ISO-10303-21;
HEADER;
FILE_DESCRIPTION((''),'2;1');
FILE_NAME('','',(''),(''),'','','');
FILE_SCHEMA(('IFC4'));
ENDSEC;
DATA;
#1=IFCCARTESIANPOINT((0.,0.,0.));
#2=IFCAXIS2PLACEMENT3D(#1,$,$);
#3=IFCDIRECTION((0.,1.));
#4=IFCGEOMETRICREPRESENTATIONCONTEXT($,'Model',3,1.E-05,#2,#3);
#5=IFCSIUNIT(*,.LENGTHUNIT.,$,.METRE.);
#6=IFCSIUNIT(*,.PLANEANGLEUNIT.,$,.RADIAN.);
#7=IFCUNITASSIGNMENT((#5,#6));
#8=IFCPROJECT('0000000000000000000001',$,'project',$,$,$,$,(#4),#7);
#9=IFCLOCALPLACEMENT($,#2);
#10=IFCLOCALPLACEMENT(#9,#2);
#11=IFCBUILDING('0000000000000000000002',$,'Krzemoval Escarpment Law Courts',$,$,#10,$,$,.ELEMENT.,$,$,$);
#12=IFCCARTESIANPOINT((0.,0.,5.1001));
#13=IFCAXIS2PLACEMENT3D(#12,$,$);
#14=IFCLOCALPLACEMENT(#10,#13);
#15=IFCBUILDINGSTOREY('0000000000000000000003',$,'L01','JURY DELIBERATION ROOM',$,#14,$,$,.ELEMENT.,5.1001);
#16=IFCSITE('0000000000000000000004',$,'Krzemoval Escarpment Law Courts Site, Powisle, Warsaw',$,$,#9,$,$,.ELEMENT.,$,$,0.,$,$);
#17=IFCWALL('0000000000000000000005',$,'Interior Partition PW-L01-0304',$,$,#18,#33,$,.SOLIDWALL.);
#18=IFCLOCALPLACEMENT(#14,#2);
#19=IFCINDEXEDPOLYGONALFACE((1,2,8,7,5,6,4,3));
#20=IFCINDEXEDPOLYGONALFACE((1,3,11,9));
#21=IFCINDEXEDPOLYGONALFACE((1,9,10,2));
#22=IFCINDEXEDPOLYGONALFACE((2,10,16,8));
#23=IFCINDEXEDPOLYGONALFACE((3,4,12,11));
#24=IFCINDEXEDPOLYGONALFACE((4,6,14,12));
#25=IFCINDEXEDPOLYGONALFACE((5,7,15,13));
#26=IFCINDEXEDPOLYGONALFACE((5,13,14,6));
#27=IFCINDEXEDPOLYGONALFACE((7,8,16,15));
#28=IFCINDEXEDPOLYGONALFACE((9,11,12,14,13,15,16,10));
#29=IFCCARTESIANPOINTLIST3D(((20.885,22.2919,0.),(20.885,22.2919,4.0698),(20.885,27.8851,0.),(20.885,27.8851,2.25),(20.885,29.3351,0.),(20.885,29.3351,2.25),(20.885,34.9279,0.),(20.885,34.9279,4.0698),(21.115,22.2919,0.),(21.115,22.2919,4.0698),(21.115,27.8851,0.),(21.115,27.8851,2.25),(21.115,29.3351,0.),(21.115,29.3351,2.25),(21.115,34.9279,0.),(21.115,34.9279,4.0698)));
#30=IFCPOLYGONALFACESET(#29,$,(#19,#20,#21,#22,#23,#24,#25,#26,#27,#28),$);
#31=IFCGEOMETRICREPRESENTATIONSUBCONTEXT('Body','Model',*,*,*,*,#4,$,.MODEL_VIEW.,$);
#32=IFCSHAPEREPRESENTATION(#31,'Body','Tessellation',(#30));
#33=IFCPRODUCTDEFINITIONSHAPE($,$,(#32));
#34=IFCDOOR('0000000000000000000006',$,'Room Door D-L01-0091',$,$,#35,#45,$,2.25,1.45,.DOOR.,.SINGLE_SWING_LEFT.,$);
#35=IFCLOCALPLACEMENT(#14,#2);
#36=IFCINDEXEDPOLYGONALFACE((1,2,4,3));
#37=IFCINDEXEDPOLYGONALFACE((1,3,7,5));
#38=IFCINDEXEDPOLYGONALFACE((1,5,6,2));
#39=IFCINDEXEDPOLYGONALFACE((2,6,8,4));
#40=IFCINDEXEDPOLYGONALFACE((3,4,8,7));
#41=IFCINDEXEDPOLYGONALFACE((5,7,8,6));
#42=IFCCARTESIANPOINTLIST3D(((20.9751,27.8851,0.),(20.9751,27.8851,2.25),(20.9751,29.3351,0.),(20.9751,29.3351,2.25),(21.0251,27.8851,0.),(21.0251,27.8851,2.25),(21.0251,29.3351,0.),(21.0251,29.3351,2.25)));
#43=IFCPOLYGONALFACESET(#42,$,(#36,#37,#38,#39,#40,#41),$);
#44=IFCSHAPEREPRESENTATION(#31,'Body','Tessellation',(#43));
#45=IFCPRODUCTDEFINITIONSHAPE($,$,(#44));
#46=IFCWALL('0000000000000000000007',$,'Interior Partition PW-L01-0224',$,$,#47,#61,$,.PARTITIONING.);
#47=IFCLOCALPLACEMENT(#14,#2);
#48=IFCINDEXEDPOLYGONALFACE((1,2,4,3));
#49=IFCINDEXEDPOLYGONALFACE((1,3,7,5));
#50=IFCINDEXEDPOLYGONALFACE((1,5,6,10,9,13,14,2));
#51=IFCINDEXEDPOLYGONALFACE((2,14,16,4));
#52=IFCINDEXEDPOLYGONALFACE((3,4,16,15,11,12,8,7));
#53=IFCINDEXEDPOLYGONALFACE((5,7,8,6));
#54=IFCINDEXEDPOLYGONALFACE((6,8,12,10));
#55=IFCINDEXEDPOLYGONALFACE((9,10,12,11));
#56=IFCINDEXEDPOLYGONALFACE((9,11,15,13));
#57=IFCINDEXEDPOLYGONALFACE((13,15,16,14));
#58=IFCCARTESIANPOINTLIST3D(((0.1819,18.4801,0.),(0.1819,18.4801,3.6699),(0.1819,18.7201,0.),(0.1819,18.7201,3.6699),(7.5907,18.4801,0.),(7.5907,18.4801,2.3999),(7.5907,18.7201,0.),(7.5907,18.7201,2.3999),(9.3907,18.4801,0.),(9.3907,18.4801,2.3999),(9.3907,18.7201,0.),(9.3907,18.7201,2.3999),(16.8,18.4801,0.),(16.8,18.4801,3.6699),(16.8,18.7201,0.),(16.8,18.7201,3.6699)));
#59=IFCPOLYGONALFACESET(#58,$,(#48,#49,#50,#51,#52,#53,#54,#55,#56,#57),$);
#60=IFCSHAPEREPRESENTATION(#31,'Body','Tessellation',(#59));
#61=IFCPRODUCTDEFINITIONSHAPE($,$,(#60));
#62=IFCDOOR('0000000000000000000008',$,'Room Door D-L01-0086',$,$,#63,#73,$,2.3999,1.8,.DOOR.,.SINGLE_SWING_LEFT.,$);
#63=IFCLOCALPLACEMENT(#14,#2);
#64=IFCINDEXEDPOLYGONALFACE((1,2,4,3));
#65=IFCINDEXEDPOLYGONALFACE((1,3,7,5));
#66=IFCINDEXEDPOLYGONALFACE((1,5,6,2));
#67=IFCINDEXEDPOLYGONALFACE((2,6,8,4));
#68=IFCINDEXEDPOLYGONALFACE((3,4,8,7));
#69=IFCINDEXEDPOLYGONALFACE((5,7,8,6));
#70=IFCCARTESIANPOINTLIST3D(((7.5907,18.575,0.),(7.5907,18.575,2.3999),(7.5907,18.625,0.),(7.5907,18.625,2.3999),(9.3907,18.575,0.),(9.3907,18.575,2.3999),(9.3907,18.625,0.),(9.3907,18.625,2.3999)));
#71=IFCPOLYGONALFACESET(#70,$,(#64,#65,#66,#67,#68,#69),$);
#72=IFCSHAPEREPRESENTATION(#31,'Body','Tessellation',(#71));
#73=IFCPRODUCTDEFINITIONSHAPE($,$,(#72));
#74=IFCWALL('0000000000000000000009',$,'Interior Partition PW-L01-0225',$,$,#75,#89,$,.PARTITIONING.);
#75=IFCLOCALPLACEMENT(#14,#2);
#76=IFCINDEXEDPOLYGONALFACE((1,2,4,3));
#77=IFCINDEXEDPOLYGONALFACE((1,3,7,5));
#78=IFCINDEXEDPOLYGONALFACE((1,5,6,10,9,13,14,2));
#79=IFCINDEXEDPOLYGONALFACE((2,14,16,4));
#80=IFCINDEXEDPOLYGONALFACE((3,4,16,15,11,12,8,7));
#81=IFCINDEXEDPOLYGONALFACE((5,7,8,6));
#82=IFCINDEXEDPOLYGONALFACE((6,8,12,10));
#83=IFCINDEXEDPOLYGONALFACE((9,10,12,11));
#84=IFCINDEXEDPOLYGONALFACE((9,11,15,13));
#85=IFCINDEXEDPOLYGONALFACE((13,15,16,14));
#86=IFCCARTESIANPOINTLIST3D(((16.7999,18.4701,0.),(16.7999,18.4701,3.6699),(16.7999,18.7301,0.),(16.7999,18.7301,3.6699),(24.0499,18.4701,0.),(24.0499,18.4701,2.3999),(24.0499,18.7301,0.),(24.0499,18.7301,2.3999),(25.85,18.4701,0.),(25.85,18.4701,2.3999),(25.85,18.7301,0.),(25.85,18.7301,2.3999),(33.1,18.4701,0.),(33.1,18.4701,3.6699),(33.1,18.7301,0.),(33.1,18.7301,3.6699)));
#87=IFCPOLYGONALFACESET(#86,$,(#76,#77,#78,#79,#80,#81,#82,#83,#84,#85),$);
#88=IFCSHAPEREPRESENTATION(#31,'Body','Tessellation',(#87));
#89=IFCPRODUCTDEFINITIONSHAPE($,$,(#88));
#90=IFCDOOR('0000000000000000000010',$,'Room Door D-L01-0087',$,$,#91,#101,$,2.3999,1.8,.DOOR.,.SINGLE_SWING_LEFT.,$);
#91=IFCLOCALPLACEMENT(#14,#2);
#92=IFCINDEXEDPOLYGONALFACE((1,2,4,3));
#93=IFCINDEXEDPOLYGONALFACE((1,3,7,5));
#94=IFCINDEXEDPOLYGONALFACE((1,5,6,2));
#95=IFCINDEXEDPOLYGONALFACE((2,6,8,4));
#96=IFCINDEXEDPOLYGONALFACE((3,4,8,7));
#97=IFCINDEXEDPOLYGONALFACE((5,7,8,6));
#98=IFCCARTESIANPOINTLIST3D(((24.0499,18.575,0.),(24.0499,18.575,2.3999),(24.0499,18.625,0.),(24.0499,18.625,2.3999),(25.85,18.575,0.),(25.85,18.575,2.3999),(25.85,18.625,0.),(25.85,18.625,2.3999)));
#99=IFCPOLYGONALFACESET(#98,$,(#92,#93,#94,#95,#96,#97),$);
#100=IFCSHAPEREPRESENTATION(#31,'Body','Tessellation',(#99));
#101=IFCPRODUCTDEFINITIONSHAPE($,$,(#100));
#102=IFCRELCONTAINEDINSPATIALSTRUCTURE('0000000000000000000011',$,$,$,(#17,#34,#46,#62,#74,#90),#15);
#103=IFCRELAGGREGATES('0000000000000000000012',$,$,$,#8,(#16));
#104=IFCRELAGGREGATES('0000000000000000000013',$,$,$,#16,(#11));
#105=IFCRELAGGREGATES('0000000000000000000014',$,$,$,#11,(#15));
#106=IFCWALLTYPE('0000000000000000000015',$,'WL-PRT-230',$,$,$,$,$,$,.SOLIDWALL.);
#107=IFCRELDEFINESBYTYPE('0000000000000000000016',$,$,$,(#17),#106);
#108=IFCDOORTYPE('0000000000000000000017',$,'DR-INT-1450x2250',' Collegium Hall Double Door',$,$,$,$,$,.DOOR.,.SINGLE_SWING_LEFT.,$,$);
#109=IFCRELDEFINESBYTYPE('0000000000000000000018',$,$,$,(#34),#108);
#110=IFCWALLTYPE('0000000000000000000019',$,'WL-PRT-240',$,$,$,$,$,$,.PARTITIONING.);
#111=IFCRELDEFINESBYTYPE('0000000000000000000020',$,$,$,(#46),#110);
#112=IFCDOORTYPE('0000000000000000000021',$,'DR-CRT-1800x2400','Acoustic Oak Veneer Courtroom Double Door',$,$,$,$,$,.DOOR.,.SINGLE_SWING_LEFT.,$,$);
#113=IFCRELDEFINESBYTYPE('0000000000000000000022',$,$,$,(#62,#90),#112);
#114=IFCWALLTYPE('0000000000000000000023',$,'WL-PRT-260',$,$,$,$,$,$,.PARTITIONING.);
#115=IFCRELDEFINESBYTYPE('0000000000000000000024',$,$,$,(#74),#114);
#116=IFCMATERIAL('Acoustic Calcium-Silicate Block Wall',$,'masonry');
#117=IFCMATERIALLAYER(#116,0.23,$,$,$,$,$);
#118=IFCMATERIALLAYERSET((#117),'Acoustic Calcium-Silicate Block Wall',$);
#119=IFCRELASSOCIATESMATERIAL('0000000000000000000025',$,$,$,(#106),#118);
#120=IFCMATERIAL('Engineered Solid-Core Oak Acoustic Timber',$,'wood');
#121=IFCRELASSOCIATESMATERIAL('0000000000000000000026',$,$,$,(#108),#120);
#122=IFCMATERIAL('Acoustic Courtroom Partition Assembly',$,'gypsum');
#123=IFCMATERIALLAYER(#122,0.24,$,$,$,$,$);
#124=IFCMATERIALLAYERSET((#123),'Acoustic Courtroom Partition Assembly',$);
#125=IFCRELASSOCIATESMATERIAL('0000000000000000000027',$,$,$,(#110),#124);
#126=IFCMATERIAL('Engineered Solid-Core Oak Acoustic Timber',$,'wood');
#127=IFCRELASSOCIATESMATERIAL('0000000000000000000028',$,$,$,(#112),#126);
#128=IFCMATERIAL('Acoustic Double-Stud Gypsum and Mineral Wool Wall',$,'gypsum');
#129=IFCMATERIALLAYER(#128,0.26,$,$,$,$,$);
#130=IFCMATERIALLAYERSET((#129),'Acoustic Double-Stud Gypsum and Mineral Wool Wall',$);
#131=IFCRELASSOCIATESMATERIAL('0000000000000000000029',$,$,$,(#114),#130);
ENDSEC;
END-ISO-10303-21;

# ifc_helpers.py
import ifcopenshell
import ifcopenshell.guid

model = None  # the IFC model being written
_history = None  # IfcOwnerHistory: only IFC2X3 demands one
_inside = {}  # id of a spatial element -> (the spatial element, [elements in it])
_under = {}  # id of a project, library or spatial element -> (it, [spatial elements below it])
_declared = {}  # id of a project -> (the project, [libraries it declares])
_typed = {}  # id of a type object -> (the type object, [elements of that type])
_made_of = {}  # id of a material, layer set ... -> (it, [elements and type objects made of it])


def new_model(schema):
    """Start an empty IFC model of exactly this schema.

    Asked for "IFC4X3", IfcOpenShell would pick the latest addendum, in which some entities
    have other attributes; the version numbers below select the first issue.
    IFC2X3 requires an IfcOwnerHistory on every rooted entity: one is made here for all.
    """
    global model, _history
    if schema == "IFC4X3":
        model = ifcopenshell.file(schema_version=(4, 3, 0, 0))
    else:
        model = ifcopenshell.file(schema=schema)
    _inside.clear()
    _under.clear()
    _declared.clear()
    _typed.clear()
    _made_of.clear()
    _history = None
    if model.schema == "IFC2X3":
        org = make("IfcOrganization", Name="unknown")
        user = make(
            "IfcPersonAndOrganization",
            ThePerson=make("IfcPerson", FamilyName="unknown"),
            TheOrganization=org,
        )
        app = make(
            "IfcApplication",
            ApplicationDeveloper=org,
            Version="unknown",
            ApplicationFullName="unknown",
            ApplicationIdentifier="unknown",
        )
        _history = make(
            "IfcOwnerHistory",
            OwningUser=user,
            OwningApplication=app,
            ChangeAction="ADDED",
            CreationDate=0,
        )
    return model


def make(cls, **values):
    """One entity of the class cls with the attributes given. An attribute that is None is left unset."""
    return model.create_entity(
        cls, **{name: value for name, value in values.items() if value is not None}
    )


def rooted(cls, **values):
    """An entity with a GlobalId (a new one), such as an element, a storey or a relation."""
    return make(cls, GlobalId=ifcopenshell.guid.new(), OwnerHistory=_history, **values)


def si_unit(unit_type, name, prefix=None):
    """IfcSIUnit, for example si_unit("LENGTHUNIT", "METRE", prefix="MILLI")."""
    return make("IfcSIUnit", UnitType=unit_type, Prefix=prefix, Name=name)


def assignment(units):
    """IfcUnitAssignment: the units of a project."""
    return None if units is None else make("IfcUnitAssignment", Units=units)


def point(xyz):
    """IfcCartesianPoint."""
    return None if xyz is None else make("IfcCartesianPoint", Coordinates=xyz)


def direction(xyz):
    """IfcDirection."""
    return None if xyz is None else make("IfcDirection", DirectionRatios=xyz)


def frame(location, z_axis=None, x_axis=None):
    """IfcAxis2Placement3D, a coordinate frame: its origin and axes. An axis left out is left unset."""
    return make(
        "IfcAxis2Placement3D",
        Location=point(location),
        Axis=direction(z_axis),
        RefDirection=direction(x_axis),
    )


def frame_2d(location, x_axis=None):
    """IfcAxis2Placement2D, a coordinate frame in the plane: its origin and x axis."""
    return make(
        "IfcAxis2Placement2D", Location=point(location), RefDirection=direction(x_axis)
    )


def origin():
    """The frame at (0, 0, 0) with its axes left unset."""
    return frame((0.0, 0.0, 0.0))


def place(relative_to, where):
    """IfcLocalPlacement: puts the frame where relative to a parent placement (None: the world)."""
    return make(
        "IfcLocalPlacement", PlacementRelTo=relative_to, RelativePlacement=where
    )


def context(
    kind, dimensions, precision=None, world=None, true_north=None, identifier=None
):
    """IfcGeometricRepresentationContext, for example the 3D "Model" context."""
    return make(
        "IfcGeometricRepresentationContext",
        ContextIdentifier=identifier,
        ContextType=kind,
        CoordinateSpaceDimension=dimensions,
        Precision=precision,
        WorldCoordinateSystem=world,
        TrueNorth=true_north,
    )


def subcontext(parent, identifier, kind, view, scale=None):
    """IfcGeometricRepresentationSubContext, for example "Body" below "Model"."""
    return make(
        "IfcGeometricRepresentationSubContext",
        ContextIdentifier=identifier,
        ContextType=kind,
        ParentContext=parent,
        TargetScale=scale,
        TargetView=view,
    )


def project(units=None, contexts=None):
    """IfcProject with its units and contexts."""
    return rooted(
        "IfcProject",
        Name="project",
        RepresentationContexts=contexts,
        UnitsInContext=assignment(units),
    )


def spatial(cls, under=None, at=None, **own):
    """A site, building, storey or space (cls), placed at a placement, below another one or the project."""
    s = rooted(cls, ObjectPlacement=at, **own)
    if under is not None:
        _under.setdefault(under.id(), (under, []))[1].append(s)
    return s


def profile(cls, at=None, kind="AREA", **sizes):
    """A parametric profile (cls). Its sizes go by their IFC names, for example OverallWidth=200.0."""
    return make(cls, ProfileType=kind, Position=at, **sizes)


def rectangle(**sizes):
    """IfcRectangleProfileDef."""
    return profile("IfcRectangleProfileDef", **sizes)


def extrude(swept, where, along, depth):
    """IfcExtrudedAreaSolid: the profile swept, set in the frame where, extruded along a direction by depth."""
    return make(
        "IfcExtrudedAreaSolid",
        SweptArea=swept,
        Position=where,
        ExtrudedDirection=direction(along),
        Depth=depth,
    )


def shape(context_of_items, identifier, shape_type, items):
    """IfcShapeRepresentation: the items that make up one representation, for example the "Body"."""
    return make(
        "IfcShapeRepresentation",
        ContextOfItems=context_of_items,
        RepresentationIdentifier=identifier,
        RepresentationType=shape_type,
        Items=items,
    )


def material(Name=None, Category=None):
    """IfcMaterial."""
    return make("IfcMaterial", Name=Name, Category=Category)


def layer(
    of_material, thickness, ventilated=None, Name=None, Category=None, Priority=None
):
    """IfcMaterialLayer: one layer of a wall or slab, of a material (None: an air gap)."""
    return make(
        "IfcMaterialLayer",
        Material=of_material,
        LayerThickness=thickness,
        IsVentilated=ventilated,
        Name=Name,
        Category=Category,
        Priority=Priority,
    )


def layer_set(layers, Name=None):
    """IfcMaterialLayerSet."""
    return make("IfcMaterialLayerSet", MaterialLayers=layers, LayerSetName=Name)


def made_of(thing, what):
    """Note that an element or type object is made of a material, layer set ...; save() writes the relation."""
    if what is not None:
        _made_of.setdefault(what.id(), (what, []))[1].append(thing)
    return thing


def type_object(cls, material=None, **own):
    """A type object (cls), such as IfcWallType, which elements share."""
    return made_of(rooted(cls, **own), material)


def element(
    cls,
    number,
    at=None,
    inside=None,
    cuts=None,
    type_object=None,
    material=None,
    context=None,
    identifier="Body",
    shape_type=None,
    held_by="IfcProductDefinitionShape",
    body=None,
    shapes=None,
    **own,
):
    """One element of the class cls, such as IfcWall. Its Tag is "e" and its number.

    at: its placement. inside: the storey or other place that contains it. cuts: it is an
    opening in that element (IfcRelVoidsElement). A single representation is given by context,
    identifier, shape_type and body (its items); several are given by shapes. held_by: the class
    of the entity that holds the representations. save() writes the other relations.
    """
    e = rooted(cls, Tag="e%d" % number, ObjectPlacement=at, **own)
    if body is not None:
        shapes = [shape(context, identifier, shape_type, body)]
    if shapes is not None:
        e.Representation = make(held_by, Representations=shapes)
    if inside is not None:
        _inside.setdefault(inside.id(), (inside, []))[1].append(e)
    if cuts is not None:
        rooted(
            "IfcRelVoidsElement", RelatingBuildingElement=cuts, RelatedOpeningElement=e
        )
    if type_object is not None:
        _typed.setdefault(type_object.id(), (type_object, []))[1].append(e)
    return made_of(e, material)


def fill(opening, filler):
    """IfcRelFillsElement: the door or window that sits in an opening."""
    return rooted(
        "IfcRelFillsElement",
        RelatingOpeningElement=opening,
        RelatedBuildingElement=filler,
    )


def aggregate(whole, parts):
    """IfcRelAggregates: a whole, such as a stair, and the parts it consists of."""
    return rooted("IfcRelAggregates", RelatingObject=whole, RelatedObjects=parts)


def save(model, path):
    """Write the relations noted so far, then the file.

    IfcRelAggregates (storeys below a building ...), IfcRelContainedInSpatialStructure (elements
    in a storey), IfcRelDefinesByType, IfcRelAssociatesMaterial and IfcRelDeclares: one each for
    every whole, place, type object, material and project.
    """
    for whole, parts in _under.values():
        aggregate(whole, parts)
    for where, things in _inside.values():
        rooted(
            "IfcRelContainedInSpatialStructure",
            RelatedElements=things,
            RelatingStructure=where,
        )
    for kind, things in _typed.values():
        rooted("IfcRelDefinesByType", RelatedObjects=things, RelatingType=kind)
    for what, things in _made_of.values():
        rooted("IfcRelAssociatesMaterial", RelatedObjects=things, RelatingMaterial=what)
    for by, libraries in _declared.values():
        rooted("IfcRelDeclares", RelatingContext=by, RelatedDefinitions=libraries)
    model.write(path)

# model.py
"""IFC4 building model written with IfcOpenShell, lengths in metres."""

from ifc_helpers import new_model, si_unit, direction, frame, frame_2d, origin, place, context, subcontext, project, spatial, rectangle, extrude, material, layer, layer_set, type_object, element, fill, save


model = new_model("IFC4")

# Units and contexts
model_context = context("Model", 3, precision=1e-05, world=origin(), true_north=direction((0.0, 1.0)))
body_context = subcontext(model_context, "Body", "Model", "MODEL_VIEW")
ifc_project = project(units=[si_unit("LENGTHUNIT", "METRE"), si_unit("PLANEANGLEUNIT", "RADIAN")], contexts=[model_context])

# Site, building, storey
site_placement = place(None, origin())
site = spatial("IfcSite", under=ifc_project, at=site_placement, Name="Krzemoval Escarpment Law Courts Site, Powisle, Warsaw", CompositionType="ELEMENT", RefElevation=0.0)
building_placement = place(site_placement, origin())
building = spatial("IfcBuilding", under=site, at=building_placement, Name="Krzemoval Escarpment Law Courts", CompositionType="ELEMENT")
storey_placement = place(building_placement, frame((0.0, 0.0, 5.1001)))
storey = spatial("IfcBuildingStorey", under=building, at=storey_placement, Name="L01", Description="JURY DELIBERATION ROOM", CompositionType="ELEMENT", Elevation=5.1001)

# Walls, openings, doors
ifc_material_1 = material(Name="Acoustic Calcium-Silicate Block Wall", Category="masonry")
ifc_layer_1 = layer(ifc_material_1, 0.23)
ifc_layer_set_1 = layer_set([ifc_layer_1], Name="Acoustic Calcium-Silicate Block Wall")
wall_type_1 = type_object("IfcWallType", Name="WL-PRT-230", PredefinedType="SOLIDWALL", material=ifc_layer_set_1)
wall_1_placement = place(storey_placement, frame((21.0, 22.292, 0.0), z_axis=(0.0, 0.0, 1.0), x_axis=(0.0, 1.0, 0.0)))
wall_1 = element("IfcWall", 1, at=wall_1_placement, inside=storey, type_object=wall_type_1, Name="Interior Partition PW-L01-0304", PredefinedType="SOLIDWALL", context=body_context, shape_type="SweptSolid", body=[
    extrude(rectangle(XDim=12.636, YDim=0.23, at=frame_2d((6.3179, 0.0))), origin(), (0.0, 0.0, 1.0), 4.0698),
])
opening_1_placement = place(wall_1_placement, frame((5.593, 0.0, 0.0)))
opening_1 = element("IfcOpeningElement", 2, at=opening_1_placement, cuts=wall_1, PredefinedType="OPENING", context=body_context, shape_type="SweptSolid", body=[
    extrude(rectangle(XDim=1.45, YDim=2.25, at=frame_2d((0.7251, 1.125))), frame((0.0, 0.13, 0.0), z_axis=(0.0, -1.0, 0.0), x_axis=(1.0, 0.0, 0.0)), (0.0, 0.0, 1.0), 0.26),
])
ifc_material_2 = material(Name="Engineered Solid-Core Oak Acoustic Timber", Category="wood")
door_type_1 = type_object("IfcDoorType", Name="DR-INT-1450x2250", Description=" Collegium Hall Double Door", OperationType="SINGLE_SWING_LEFT", PredefinedType="DOOR", material=ifc_material_2)
door_1_placement = place(opening_1_placement, origin())
door_1 = element("IfcDoor", 3, at=door_1_placement, inside=storey, type_object=door_type_1, Name="Room Door D-L01-0091", OperationType="SINGLE_SWING_LEFT", OverallHeight=2.25, OverallWidth=1.45, PredefinedType="DOOR", context=body_context, shape_type="SweptSolid", body=[
    extrude(rectangle(XDim=1.45, YDim=2.25, at=frame_2d((0.7251, 1.125))), frame((0.0, 0.0249, 0.0), z_axis=(0.0, -1.0, 0.0), x_axis=(1.0, 0.0, 0.0)), (0.0, 0.0, 1.0), 0.05),
])
fill(opening_1, door_1)
ifc_material_3 = material(Name="Acoustic Courtroom Partition Assembly", Category="gypsum")
ifc_layer_2 = layer(ifc_material_3, 0.24)
ifc_layer_set_2 = layer_set([ifc_layer_2], Name="Acoustic Courtroom Partition Assembly")
wall_type_2 = type_object("IfcWallType", Name="WL-PRT-240", PredefinedType="PARTITIONING", material=ifc_layer_set_2)
wall_2_placement = place(storey_placement, frame((0.1819, 18.6001, 0.0), z_axis=(0.0, 0.0, 1.0), x_axis=(1.0, 0.0, 0.0)))
wall_2 = element("IfcWall", 4, at=wall_2_placement, inside=storey, type_object=wall_type_2, Name="Interior Partition PW-L01-0224", PredefinedType="PARTITIONING", context=body_context, shape_type="SweptSolid", body=[
    extrude(rectangle(XDim=16.6182, YDim=0.24, at=frame_2d((8.3091, 0.0))), origin(), (0.0, 0.0, 1.0), 3.6699),
])
opening_2_placement = place(wall_2_placement, frame((7.4089, 0.0, 0.0)))
opening_2 = element("IfcOpeningElement", 5, at=opening_2_placement, cuts=wall_2, PredefinedType="OPENING", context=body_context, shape_type="SweptSolid", body=[
    extrude(rectangle(XDim=1.8, YDim=2.3999, at=frame_2d((0.8999, 1.2))), frame((0.0, 0.135, 0.0), z_axis=(0.0, -1.0, 0.0), x_axis=(1.0, 0.0, 0.0)), (0.0, 0.0, 1.0), 0.27),
])
ifc_material_4 = material(Name="Engineered Solid-Core Oak Acoustic Timber", Category="wood")
door_type_2 = type_object("IfcDoorType", Name="DR-CRT-1800x2400", Description="Acoustic Oak Veneer Courtroom Double Door", OperationType="SINGLE_SWING_LEFT", PredefinedType="DOOR", material=ifc_material_4)
door_2_placement = place(opening_2_placement, origin())
door_2 = element("IfcDoor", 6, at=door_2_placement, inside=storey, type_object=door_type_2, Name="Room Door D-L01-0086", OperationType="SINGLE_SWING_LEFT", OverallHeight=2.3999, OverallWidth=1.8, PredefinedType="DOOR", context=body_context, shape_type="SweptSolid", body=[
    extrude(rectangle(XDim=1.8, YDim=2.3999, at=frame_2d((0.8999, 1.2))), frame((0.0, 0.0249, 0.0), z_axis=(0.0, -1.0, 0.0), x_axis=(1.0, 0.0, 0.0)), (0.0, 0.0, 1.0), 0.05),
])
fill(opening_2, door_2)
ifc_material_5 = material(Name="Acoustic Double-Stud Gypsum and Mineral Wool Wall", Category="gypsum")
ifc_layer_3 = layer(ifc_material_5, 0.26)
ifc_layer_set_3 = layer_set([ifc_layer_3], Name="Acoustic Double-Stud Gypsum and Mineral Wool Wall")
wall_type_3 = type_object("IfcWallType", Name="WL-PRT-260", PredefinedType="PARTITIONING", material=ifc_layer_set_3)
wall_3_placement = place(storey_placement, frame((16.8, 18.6001, 0.0), z_axis=(0.0, 0.0, 1.0), x_axis=(1.0, 0.0, 0.0)))
wall_3 = element("IfcWall", 7, at=wall_3_placement, inside=storey, type_object=wall_type_3, Name="Interior Partition PW-L01-0225", PredefinedType="PARTITIONING", context=body_context, shape_type="SweptSolid", body=[
    extrude(rectangle(XDim=16.3, YDim=0.26, at=frame_2d((8.1499, 0.0))), origin(), (0.0, 0.0, 1.0), 3.6699),
])
opening_3_placement = place(wall_3_placement, frame((7.25, 0.0, 0.0)))
opening_3 = element("IfcOpeningElement", 8, at=opening_3_placement, cuts=wall_3, PredefinedType="OPENING", context=body_context, shape_type="SweptSolid", body=[
    extrude(rectangle(XDim=1.8, YDim=2.3999, at=frame_2d((0.8999, 1.2))), frame((0.0, 0.145, 0.0), z_axis=(0.0, -1.0, 0.0), x_axis=(1.0, 0.0, 0.0)), (0.0, 0.0, 1.0), 0.29),
])
door_3_placement = place(opening_3_placement, origin())
door_3 = element("IfcDoor", 9, at=door_3_placement, inside=storey, type_object=door_type_2, Name="Room Door D-L01-0087", OperationType="SINGLE_SWING_LEFT", OverallHeight=2.3999, OverallWidth=1.8, PredefinedType="DOOR", context=body_context, shape_type="SweptSolid", body=[
    extrude(rectangle(XDim=1.8, YDim=2.3999, at=frame_2d((0.8999, 1.2))), frame((0.0, 0.0249, 0.0), z_axis=(0.0, -1.0, 0.0), x_axis=(1.0, 0.0, 0.0)), (0.0, 0.0, 1.0), 0.05),
])
fill(opening_3, door_3)

save(model, "model.ifc")
